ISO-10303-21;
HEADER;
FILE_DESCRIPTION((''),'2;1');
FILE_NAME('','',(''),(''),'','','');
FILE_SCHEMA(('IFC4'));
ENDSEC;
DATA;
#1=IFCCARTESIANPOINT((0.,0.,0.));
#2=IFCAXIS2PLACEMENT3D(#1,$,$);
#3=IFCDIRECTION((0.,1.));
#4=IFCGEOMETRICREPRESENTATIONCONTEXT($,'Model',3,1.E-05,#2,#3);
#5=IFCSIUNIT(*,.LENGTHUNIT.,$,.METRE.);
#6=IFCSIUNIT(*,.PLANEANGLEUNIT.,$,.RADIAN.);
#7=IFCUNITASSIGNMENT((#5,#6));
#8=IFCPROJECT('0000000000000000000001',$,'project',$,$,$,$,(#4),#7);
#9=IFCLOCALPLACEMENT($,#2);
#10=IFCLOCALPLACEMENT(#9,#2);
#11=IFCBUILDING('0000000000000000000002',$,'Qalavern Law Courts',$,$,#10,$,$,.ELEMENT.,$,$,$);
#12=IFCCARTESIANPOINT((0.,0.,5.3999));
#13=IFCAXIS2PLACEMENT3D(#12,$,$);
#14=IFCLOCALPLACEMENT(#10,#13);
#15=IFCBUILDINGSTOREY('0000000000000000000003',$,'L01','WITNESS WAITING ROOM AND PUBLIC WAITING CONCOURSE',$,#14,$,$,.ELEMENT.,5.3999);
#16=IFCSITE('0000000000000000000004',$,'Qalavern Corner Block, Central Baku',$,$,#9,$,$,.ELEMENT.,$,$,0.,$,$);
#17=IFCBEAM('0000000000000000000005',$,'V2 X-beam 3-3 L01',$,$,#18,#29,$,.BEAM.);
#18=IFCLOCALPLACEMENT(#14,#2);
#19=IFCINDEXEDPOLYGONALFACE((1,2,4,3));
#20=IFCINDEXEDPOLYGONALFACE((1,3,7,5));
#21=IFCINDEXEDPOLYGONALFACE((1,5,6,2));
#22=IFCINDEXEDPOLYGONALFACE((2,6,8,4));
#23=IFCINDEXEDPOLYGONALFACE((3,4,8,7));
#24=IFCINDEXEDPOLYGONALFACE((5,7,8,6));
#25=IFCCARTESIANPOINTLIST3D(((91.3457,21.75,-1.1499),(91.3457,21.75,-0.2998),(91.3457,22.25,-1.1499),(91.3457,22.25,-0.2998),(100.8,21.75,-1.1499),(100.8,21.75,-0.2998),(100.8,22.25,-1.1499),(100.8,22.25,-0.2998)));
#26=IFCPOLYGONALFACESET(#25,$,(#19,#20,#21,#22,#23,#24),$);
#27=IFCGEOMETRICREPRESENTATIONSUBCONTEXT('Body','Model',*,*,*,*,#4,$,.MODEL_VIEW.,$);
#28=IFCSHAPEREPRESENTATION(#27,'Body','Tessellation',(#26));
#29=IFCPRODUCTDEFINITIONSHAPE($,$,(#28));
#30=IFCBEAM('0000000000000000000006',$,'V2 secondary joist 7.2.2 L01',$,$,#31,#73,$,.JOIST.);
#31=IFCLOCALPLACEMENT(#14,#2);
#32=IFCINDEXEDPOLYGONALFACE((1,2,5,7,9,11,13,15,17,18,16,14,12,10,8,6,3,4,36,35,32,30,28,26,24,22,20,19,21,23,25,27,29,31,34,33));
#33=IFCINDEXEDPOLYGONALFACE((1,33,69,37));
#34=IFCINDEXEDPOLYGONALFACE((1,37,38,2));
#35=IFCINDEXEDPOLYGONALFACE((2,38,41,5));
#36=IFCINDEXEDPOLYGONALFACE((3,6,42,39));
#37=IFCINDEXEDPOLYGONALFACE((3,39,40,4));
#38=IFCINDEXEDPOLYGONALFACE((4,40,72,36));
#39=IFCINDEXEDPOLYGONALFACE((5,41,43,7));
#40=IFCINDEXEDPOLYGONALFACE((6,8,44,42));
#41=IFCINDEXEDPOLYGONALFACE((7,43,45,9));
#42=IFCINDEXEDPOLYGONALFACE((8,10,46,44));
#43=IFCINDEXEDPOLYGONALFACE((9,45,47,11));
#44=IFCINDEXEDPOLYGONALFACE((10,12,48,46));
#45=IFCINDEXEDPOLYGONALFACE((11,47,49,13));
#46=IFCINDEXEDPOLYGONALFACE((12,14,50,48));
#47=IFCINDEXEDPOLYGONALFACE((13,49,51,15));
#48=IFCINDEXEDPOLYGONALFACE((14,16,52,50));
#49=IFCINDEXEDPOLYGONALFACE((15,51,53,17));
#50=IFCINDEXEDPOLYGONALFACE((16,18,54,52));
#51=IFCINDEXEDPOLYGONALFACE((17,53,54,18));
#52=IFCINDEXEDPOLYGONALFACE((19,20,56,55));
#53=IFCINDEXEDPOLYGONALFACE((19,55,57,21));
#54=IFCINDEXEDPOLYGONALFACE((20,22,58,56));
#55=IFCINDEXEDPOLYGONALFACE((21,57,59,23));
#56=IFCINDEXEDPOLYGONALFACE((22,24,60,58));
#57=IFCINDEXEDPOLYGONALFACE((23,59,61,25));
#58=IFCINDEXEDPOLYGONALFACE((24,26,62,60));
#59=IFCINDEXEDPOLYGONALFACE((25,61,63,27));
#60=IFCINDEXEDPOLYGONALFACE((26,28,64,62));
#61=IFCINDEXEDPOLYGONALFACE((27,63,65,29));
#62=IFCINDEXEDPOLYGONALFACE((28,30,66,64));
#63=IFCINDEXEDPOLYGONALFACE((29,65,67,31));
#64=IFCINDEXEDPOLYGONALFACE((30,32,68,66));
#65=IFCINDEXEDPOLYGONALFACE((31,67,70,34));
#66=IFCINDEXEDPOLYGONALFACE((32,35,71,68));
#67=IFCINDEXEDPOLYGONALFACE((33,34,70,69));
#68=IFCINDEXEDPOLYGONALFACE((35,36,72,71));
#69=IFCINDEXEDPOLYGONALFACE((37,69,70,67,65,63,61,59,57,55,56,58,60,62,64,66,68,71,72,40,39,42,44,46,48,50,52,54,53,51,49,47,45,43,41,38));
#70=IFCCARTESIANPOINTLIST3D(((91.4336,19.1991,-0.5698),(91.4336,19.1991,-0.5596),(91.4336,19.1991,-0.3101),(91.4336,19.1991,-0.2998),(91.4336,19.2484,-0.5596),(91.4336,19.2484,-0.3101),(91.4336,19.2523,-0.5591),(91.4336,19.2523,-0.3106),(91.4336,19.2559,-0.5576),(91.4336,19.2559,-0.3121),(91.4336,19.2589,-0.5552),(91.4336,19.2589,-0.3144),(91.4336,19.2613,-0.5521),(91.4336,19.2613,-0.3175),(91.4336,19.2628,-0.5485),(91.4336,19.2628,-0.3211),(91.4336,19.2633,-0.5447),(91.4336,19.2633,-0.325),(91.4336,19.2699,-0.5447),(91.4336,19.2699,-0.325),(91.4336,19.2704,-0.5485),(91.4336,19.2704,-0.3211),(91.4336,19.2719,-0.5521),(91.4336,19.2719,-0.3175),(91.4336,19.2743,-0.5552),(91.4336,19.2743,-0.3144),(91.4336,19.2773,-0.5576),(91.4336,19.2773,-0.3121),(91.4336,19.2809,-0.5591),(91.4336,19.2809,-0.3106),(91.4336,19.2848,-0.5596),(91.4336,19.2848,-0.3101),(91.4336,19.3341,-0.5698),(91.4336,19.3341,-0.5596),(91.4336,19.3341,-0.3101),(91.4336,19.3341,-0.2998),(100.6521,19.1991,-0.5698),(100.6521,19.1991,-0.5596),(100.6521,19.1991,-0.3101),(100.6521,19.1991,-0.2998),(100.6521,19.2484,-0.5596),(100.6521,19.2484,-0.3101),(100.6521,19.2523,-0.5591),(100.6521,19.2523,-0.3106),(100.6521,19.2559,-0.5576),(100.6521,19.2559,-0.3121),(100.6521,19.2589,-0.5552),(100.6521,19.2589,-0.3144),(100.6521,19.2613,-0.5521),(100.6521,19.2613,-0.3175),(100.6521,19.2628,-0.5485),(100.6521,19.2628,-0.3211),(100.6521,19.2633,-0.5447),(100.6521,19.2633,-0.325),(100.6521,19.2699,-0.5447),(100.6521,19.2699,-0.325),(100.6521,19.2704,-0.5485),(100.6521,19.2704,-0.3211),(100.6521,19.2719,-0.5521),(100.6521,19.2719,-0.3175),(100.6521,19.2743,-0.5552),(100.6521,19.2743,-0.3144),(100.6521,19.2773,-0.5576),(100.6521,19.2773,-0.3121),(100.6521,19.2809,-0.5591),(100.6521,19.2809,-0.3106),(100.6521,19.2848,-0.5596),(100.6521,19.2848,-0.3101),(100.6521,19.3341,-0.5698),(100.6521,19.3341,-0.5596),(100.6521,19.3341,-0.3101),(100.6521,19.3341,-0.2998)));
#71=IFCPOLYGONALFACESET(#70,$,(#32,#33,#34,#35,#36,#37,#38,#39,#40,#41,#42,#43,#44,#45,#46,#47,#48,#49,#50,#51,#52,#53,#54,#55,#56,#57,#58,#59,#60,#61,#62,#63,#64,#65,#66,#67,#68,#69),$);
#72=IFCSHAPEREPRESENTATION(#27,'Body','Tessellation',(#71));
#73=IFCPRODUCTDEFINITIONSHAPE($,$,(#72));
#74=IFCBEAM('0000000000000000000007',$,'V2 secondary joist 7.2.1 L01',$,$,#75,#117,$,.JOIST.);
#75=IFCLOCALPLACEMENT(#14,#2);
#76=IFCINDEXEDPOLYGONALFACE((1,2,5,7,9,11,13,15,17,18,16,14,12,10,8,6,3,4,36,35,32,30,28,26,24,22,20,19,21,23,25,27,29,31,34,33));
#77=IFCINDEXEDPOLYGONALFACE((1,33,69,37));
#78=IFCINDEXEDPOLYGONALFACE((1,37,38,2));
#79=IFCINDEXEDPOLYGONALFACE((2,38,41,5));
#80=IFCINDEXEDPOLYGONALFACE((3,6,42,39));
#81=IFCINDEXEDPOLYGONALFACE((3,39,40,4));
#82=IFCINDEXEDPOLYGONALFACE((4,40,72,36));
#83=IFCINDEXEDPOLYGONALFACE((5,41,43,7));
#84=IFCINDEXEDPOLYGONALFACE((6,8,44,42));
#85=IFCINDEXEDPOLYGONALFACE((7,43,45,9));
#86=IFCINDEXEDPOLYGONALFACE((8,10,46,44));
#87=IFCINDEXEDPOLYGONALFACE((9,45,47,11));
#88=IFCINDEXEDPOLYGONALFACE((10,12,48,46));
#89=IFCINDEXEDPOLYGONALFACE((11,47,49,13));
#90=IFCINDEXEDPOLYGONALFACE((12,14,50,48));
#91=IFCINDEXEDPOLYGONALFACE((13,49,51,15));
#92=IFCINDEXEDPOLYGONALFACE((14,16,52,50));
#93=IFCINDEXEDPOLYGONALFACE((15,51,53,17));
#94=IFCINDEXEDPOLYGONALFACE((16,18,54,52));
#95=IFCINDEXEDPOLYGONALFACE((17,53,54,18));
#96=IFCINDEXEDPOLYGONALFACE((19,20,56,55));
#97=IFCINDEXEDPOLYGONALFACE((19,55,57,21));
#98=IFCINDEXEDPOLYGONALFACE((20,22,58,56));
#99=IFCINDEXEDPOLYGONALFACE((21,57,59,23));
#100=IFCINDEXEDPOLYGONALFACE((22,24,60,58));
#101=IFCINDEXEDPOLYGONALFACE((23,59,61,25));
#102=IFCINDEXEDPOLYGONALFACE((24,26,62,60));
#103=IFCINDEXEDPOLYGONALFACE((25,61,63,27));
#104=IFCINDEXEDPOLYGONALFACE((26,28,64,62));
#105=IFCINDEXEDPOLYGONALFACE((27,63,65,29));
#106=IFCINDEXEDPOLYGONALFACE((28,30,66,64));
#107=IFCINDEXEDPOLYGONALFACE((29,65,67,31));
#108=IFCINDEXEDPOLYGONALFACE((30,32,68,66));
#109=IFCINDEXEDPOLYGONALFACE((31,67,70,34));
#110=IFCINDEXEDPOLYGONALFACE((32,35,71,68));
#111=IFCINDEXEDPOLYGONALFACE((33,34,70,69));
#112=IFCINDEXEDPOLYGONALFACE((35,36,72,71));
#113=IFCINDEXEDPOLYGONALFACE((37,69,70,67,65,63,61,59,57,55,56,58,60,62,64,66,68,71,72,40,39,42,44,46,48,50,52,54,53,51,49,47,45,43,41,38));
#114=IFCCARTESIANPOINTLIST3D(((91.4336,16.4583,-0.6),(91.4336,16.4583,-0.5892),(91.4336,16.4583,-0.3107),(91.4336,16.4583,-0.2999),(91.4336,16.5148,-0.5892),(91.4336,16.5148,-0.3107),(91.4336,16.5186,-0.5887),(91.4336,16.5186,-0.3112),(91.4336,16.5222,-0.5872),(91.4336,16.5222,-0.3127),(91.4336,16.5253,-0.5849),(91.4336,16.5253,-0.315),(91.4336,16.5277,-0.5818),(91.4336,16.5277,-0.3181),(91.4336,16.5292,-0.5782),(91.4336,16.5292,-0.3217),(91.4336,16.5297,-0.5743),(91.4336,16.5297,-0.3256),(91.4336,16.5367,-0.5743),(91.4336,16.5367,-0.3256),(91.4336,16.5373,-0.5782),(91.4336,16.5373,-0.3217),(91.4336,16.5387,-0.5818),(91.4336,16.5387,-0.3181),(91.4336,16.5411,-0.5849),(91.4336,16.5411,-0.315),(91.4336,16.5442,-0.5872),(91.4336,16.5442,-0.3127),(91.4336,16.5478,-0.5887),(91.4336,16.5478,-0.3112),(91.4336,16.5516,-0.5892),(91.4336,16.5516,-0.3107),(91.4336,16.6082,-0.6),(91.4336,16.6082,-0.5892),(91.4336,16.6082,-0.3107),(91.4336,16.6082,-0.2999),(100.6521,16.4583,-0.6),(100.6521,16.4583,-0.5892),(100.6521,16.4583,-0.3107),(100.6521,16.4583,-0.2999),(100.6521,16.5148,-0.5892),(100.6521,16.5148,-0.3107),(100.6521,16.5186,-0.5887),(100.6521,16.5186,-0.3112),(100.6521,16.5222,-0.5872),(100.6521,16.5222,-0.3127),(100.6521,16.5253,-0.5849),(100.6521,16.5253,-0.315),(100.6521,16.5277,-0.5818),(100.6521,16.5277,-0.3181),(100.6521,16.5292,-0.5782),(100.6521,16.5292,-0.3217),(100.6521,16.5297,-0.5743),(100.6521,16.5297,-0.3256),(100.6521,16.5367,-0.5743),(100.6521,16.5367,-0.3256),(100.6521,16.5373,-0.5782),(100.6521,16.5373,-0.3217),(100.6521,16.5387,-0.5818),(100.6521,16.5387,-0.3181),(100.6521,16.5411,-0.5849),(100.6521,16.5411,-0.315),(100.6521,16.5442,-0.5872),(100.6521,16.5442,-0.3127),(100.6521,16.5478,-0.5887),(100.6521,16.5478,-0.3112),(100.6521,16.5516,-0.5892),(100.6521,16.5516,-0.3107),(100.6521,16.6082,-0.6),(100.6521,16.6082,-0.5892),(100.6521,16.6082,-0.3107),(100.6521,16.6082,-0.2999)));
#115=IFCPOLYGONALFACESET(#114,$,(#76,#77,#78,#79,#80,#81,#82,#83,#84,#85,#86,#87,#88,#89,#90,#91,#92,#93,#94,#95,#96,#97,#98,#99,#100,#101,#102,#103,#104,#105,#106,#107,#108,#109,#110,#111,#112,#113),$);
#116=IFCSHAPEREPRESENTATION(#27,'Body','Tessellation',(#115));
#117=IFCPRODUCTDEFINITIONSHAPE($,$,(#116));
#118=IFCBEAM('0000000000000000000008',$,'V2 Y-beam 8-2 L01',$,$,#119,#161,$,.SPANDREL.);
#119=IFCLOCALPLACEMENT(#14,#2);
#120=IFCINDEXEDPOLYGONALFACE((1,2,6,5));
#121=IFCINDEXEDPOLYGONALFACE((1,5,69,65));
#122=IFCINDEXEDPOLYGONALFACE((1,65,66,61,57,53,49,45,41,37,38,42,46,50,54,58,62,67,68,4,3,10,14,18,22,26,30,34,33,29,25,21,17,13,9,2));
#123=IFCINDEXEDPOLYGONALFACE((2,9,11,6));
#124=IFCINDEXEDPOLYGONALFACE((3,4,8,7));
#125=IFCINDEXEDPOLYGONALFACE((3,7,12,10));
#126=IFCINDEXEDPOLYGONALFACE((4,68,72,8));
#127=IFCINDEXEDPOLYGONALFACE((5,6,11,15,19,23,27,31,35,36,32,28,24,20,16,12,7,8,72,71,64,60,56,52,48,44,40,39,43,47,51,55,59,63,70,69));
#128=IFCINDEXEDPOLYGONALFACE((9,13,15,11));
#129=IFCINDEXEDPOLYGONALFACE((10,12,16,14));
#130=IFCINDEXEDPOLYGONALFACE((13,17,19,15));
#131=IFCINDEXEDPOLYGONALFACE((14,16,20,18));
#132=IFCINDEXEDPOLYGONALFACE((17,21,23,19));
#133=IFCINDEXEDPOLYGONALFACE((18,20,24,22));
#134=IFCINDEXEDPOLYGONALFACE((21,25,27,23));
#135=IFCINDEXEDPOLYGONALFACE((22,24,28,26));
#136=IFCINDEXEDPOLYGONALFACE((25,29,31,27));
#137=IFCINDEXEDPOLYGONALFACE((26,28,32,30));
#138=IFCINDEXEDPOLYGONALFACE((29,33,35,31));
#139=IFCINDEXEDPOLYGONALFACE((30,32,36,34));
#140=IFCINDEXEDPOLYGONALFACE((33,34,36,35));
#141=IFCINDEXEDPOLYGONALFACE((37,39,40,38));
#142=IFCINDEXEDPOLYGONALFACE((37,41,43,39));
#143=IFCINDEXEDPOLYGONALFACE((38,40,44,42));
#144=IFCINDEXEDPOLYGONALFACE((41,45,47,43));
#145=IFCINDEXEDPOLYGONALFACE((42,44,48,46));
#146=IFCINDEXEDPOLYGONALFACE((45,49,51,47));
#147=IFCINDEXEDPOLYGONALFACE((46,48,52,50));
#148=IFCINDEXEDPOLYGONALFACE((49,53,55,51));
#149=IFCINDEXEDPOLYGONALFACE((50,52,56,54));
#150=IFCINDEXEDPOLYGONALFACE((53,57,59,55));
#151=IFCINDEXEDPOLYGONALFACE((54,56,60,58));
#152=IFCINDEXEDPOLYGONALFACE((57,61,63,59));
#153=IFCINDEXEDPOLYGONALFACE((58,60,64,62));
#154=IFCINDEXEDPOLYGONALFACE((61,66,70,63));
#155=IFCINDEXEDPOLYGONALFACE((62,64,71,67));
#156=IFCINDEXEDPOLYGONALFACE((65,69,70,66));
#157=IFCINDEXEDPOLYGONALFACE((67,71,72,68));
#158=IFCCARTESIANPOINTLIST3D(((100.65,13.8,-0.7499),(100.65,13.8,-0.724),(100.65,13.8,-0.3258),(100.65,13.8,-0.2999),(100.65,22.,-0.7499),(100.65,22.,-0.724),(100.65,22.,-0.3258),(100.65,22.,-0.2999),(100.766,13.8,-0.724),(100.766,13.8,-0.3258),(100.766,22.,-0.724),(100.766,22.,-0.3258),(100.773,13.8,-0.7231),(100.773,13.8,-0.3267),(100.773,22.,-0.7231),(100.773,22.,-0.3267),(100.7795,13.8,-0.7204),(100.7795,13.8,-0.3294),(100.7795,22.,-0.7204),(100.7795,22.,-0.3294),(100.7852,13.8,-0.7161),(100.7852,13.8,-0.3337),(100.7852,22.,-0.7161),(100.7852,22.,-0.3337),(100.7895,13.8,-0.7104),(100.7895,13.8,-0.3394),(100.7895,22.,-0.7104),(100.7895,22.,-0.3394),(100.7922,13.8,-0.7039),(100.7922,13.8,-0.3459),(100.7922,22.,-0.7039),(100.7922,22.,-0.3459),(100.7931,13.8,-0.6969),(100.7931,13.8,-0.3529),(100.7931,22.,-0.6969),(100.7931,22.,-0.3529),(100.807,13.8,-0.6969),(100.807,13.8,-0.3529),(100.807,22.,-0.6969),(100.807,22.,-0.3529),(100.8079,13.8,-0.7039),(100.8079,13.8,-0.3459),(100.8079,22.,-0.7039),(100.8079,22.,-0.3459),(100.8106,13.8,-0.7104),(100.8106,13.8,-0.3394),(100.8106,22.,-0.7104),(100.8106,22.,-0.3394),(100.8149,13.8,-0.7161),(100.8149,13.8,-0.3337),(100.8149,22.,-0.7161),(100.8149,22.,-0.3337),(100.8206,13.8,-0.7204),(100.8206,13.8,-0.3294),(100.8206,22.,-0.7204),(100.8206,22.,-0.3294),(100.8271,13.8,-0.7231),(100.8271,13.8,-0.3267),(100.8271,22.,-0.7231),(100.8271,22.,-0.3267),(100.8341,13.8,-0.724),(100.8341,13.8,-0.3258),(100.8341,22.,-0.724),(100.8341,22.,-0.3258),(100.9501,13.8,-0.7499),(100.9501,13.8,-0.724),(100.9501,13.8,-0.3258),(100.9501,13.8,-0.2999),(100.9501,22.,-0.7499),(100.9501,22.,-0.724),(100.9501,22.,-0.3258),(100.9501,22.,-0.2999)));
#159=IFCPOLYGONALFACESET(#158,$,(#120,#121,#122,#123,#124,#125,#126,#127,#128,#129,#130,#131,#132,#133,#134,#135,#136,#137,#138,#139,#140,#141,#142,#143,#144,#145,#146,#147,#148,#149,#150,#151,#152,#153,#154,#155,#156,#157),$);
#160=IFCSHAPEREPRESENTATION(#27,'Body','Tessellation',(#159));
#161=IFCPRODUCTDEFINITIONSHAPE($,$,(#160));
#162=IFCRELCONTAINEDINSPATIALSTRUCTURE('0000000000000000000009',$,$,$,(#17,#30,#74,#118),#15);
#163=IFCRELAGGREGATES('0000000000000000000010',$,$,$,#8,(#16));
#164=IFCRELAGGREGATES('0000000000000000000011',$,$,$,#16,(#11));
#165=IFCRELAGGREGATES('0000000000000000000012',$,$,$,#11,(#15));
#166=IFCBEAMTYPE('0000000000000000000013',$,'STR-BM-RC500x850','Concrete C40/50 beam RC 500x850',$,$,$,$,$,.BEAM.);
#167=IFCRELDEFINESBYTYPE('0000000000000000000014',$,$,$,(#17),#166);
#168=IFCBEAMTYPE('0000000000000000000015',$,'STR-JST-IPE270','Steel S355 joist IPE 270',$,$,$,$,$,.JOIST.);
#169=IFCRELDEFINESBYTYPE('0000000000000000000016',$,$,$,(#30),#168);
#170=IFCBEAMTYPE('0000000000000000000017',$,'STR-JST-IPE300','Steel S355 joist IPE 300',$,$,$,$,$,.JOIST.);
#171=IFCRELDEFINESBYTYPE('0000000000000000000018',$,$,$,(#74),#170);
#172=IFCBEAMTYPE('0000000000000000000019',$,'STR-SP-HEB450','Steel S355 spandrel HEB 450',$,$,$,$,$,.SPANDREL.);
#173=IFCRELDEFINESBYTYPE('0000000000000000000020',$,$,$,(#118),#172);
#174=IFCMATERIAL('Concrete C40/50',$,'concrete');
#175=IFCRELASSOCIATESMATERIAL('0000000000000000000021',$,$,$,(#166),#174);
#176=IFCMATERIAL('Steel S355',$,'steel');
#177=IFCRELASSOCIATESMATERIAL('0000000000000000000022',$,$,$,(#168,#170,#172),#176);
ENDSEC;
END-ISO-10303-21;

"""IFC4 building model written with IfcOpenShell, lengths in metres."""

from ifc_helpers import new_model, si_unit, direction, frame, origin, origin_2d, place, context, subcontext, project, spatial, rectangle, i_section, extrude, material, material_profile, profile_set, type_object, element, save


model = new_model("IFC4")

# Units and contexts
model_context = context("Model", 3, precision=1e-05, world=origin(), true_north=direction((0.0, 1.0)))
body_context = subcontext(model_context, "Body", "Model", "MODEL_VIEW")
ifc_project = project(units=[si_unit("LENGTHUNIT", "METRE"), si_unit("PLANEANGLEUNIT", "RADIAN")], contexts=[model_context])

# Site, building, storey
site_placement = place(None, origin())
site = spatial("IfcSite", under=ifc_project, at=site_placement, Name="Qalavern Corner Block, Central Baku", CompositionType="ELEMENT", RefElevation=0.0)
building_placement = place(site_placement, origin())
building = spatial("IfcBuilding", under=site, at=building_placement, Name="Qalavern Law Courts", CompositionType="ELEMENT")
storey_placement = place(building_placement, frame((0.0, 0.0, 5.3999)))
storey = spatial("IfcBuildingStorey", under=building, at=storey_placement, Name="L01", Description="WITNESS WAITING ROOM AND PUBLIC WAITING CONCOURSE", CompositionType="ELEMENT", Elevation=5.3999)

# Beams
ifc_material_1 = material(Name="Concrete C40/50", Category="concrete")
ifc_material_profile_1 = material_profile(ifc_material_1, rectangle(XDim=0.5, YDim=0.8501, at=origin_2d()), Name="RC 500x850")
ifc_profile_set_1 = profile_set([ifc_material_profile_1], Name="Concrete C40/50")
beam_type_1 = type_object("IfcBeamType", Name="STR-BM-RC500x850", Description="Concrete C40/50 beam RC 500x850", PredefinedType="BEAM", material=ifc_profile_set_1)
beam_1_placement = place(storey_placement, frame((91.3457, 22.0, -0.7249), z_axis=(1.0, 0.0, 0.0), x_axis=(0.0, 1.0, 0.0)))
element("IfcBeam", 1, at=beam_1_placement, inside=storey, type_object=beam_type_1, Name="V2 X-beam 3-3 L01", PredefinedType="BEAM", context=body_context, shape_type="SweptSolid", body=[
    extrude(rectangle(XDim=0.5, YDim=0.8501, at=origin_2d()), origin(), (0.0, 0.0, 1.0), 9.4543),
])
ifc_material_2 = material(Name="Steel S355", Category="steel")
ifc_material_profile_2 = material_profile(ifc_material_2, i_section(OverallWidth=0.135, OverallDepth=0.27, WebThickness=0.0066, FlangeThickness=0.0103, FilletRadius=0.0149, at=origin_2d()), Name="IPE 270")
ifc_profile_set_2 = profile_set([ifc_material_profile_2], Name="Steel S355")
beam_type_2 = type_object("IfcBeamType", Name="STR-JST-IPE270", Description="Steel S355 joist IPE 270", PredefinedType="JOIST", material=ifc_profile_set_2)
beam_2_placement = place(storey_placement, frame((91.4336, 19.2666, -0.4348), z_axis=(1.0, 0.0, 0.0), x_axis=(0.0, 1.0, 0.0)))
element("IfcBeam", 2, at=beam_2_placement, inside=storey, type_object=beam_type_2, Name="V2 secondary joist 7.2.2 L01", PredefinedType="JOIST", context=body_context, shape_type="SweptSolid", body=[
    extrude(i_section(OverallWidth=0.135, OverallDepth=0.27, WebThickness=0.0066, FlangeThickness=0.0103, FilletRadius=0.0149, at=origin_2d()), origin(), (0.0, 0.0, 1.0), 9.2185),
])
ifc_material_profile_3 = material_profile(ifc_material_2, i_section(OverallWidth=0.1499, OverallDepth=0.3, WebThickness=0.0071, FlangeThickness=0.0107, FilletRadius=0.0149, at=origin_2d()), Name="IPE 300")
ifc_profile_set_3 = profile_set([ifc_material_profile_3], Name="Steel S355")
beam_type_3 = type_object("IfcBeamType", Name="STR-JST-IPE300", Description="Steel S355 joist IPE 300", PredefinedType="JOIST", material=ifc_profile_set_3)
beam_3_placement = place(storey_placement, frame((91.4336, 16.5332, -0.45), z_axis=(1.0, 0.0, 0.0), x_axis=(0.0, 1.0, 0.0)))
element("IfcBeam", 3, at=beam_3_placement, inside=storey, type_object=beam_type_3, Name="V2 secondary joist 7.2.1 L01", PredefinedType="JOIST", context=body_context, shape_type="SweptSolid", body=[
    extrude(i_section(OverallWidth=0.1499, OverallDepth=0.3, WebThickness=0.0071, FlangeThickness=0.0107, FilletRadius=0.0149, at=origin_2d()), origin(), (0.0, 0.0, 1.0), 9.2185),
])
ifc_material_profile_4 = material_profile(ifc_material_2, i_section(OverallWidth=0.3, OverallDepth=0.45, WebThickness=0.0139, FlangeThickness=0.0259, FilletRadius=0.0271, at=origin_2d()), Name="HEB 450")
ifc_profile_set_4 = profile_set([ifc_material_profile_4], Name="Steel S355")
beam_type_4 = type_object("IfcBeamType", Name="STR-SP-HEB450", Description="Steel S355 spandrel HEB 450", PredefinedType="SPANDREL", material=ifc_profile_set_4)
beam_4_placement = place(storey_placement, frame((100.8, 13.8, -0.5249), z_axis=(0.0, 1.0, 0.0), x_axis=(-1.0, 0.0, 0.0)))
element("IfcBeam", 4, at=beam_4_placement, inside=storey, type_object=beam_type_4, Name="V2 Y-beam 8-2 L01", PredefinedType="SPANDREL", context=body_context, shape_type="SweptSolid", body=[
    extrude(i_section(OverallWidth=0.3, OverallDepth=0.45, WebThickness=0.0139, FlangeThickness=0.0259, FilletRadius=0.0271, at=origin_2d()), origin(), (0.0, 0.0, 1.0), 8.2),
])

save(model, "model.ifc")
